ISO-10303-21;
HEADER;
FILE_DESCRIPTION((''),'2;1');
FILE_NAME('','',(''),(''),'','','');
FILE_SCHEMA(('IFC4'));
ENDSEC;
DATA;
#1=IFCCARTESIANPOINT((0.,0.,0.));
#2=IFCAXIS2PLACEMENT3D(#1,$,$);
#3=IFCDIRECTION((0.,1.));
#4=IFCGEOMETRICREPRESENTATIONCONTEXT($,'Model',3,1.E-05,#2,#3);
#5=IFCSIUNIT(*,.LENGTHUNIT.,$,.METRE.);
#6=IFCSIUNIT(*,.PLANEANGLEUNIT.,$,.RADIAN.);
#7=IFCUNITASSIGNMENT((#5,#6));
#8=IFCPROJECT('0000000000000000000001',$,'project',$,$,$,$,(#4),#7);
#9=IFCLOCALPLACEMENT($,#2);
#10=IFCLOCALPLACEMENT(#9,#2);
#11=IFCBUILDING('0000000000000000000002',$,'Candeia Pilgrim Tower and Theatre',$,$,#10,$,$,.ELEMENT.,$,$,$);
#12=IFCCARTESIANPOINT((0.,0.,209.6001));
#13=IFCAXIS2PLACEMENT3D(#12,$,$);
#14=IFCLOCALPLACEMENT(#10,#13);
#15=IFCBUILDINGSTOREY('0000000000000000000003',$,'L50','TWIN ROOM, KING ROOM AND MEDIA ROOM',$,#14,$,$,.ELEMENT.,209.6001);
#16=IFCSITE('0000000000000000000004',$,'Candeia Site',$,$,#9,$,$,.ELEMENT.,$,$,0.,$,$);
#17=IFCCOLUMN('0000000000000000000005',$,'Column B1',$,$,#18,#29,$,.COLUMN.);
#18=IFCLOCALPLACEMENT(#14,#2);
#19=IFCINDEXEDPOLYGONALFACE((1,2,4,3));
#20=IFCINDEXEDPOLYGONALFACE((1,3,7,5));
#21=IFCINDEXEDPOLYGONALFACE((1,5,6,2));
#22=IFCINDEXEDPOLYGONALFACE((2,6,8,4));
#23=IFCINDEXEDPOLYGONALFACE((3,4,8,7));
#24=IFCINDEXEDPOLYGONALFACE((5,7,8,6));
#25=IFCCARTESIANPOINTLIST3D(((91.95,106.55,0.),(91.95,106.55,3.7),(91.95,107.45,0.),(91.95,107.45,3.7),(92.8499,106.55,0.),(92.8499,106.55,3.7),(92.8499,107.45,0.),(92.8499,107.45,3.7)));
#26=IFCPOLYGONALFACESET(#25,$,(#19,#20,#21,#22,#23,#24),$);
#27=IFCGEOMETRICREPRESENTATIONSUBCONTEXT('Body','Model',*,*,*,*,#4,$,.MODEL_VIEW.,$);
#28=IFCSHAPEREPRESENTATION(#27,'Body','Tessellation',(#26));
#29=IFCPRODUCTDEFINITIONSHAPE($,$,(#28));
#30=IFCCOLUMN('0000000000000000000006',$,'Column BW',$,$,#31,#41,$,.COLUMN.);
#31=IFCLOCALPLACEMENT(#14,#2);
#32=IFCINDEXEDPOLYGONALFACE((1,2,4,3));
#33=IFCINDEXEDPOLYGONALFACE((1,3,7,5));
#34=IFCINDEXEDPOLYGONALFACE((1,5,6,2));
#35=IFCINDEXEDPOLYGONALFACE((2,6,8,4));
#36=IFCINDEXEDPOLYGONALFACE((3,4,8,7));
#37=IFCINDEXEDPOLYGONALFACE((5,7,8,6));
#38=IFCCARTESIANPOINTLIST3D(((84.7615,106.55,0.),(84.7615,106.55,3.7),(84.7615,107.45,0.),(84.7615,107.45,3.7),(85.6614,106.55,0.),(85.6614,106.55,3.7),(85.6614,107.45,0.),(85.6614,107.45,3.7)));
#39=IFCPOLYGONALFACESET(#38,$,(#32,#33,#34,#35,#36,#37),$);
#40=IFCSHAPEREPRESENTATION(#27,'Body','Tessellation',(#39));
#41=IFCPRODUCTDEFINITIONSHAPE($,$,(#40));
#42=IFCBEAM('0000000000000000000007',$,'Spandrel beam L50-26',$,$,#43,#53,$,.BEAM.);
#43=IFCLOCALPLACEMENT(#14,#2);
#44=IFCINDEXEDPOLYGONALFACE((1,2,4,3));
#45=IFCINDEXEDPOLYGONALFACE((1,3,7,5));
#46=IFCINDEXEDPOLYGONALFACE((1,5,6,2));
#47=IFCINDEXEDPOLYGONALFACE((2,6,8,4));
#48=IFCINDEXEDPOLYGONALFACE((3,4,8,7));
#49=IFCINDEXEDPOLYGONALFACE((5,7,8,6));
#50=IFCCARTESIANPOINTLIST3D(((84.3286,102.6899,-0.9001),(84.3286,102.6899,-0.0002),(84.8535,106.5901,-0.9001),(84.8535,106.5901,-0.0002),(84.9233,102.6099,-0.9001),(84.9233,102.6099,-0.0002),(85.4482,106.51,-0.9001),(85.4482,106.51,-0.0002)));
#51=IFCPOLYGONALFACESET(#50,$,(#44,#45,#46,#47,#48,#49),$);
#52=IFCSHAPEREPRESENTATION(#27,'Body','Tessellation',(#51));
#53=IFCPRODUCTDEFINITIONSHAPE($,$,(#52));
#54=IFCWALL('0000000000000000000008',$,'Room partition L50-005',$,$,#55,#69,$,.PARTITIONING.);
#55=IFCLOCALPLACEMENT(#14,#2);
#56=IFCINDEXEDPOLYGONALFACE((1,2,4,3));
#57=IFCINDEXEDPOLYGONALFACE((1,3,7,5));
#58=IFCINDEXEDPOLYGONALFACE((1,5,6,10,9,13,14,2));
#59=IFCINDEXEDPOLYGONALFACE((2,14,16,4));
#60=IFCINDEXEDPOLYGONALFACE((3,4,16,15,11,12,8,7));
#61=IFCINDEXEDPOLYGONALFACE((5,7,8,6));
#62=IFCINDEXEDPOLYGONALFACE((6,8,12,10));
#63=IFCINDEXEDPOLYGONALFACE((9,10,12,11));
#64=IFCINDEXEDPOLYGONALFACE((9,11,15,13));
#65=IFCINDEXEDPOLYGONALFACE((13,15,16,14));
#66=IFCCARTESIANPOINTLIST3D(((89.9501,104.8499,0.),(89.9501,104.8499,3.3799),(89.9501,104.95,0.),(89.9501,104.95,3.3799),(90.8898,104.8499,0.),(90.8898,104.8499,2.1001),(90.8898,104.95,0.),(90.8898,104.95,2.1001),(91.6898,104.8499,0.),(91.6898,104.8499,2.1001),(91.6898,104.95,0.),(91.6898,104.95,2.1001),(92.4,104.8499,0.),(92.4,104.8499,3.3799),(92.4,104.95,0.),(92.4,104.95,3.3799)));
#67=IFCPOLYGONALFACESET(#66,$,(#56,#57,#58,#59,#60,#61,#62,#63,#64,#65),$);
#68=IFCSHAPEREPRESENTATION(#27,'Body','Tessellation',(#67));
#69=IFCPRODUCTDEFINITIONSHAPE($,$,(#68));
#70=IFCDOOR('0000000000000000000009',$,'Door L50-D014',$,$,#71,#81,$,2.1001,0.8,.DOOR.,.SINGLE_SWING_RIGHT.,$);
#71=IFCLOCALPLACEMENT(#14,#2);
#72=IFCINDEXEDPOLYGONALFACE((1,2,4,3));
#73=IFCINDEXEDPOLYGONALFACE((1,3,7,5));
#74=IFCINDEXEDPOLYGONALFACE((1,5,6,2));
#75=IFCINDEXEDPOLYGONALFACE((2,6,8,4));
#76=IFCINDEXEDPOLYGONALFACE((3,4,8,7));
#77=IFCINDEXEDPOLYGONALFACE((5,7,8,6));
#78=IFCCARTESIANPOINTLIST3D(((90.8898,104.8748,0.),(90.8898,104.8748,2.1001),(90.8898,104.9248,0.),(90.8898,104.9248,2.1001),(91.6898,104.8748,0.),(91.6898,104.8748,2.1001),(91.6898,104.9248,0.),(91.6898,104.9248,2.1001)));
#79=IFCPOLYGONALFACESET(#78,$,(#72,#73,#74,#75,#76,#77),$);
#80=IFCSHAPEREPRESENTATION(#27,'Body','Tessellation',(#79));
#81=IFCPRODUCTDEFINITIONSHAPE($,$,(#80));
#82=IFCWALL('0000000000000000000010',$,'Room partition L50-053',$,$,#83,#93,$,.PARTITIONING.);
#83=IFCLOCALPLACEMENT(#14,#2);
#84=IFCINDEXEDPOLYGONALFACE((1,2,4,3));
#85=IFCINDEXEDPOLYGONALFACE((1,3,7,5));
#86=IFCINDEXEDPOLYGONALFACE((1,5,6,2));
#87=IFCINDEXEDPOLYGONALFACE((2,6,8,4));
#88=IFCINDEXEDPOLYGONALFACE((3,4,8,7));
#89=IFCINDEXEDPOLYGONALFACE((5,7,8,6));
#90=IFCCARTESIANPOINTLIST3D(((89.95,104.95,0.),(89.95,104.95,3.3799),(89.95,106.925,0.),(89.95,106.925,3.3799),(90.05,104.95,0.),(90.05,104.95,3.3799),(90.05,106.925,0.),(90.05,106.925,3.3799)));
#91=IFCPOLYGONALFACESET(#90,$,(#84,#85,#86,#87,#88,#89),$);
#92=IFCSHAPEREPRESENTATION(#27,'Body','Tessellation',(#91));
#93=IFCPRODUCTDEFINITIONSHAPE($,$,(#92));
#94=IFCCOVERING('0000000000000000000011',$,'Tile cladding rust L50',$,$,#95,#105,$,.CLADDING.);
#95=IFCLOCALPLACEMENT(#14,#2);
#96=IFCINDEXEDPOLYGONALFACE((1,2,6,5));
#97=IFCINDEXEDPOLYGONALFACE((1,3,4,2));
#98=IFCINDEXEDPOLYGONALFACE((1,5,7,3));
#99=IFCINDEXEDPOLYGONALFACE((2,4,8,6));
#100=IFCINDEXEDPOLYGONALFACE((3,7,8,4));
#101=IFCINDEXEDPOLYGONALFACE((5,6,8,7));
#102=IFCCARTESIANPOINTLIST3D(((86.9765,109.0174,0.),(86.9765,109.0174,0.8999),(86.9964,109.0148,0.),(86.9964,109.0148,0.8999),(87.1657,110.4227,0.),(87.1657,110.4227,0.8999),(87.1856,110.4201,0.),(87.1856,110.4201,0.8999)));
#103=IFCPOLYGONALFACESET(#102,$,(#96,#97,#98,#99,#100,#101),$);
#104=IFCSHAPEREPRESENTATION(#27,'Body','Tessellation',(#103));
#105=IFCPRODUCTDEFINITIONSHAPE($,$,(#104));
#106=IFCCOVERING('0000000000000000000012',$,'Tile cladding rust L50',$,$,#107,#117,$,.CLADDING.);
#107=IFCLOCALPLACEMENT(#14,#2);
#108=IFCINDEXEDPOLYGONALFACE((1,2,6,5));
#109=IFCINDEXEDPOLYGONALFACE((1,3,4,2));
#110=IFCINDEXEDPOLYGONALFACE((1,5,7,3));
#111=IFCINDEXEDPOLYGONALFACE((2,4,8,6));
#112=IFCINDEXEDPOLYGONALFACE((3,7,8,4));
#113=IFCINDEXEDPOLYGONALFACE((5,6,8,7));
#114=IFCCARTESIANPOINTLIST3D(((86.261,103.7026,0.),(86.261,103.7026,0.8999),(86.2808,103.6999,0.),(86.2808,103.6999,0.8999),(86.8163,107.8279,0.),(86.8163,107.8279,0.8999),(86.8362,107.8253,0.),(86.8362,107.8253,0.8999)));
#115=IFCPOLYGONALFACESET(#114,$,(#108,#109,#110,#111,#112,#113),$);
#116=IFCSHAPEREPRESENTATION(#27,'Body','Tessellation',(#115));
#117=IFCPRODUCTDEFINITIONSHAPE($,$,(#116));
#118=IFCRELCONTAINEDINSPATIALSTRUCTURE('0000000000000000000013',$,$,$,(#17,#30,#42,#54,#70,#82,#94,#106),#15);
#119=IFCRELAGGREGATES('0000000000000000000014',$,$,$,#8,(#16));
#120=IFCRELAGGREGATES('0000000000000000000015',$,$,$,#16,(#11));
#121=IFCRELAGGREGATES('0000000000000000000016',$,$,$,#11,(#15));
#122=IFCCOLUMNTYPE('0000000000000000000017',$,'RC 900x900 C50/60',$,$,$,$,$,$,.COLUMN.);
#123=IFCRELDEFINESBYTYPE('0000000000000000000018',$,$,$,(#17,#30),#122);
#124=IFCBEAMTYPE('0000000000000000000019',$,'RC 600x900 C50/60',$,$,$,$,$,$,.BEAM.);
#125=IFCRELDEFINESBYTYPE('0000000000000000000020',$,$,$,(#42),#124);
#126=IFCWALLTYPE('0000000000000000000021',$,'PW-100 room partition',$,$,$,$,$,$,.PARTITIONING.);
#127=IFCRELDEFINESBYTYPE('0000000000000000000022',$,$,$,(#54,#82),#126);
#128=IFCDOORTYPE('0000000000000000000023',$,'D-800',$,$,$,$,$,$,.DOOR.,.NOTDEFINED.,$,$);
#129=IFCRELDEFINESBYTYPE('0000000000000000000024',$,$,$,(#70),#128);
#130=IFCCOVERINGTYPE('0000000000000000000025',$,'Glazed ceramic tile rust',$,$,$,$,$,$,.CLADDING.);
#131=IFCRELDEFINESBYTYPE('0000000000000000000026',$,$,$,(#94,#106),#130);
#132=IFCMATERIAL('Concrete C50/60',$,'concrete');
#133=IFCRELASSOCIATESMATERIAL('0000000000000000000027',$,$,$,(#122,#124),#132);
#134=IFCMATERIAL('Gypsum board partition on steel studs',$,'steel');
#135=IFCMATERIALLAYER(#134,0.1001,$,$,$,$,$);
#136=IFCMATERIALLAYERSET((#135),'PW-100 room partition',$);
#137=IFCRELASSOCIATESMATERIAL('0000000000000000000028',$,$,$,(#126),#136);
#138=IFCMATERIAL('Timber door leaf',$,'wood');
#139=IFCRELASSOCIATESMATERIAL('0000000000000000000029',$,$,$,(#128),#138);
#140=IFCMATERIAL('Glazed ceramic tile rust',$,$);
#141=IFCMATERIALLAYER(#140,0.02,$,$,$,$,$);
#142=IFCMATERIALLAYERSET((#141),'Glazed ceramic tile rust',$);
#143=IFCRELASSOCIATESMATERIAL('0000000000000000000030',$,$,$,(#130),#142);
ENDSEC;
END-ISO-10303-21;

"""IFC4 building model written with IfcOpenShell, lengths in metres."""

from ifc_helpers import new_model, si_unit, direction, frame, frame_2d, origin, origin_2d, place, context, subcontext, project, spatial, rectangle, extrude, material, layer, layer_set, material_profile, profile_set, type_object, element, fill, save


model = new_model("IFC4")

# Units and contexts
model_context = context("Model", 3, precision=1e-05, world=origin(), true_north=direction((0.0, 1.0)))
body_context = subcontext(model_context, "Body", "Model", "MODEL_VIEW")
ifc_project = project(units=[si_unit("LENGTHUNIT", "METRE"), si_unit("PLANEANGLEUNIT", "RADIAN")], contexts=[model_context])

# Site, building, storey
site_placement = place(None, origin())
site = spatial("IfcSite", under=ifc_project, at=site_placement, Name="Candeia Site", CompositionType="ELEMENT", RefElevation=0.0)
building_placement = place(site_placement, origin())
building = spatial("IfcBuilding", under=site, at=building_placement, Name="Candeia Pilgrim Tower and Theatre", CompositionType="ELEMENT")
storey_placement = place(building_placement, frame((0.0, 0.0, 209.6001)))
storey = spatial("IfcBuildingStorey", under=building, at=storey_placement, Name="L50", Description="TWIN ROOM, KING ROOM AND MEDIA ROOM", CompositionType="ELEMENT", Elevation=209.6001)

# Columns
ifc_material_1 = material(Name="Concrete C50/60", Category="concrete")
ifc_material_profile_1 = material_profile(ifc_material_1, rectangle(XDim=0.8999, YDim=0.8999, at=origin_2d()))
ifc_profile_set_1 = profile_set([ifc_material_profile_1], Name="Concrete C50/60")
column_type = type_object("IfcColumnType", Name="RC 900x900 C50/60", PredefinedType="COLUMN", material=ifc_profile_set_1)
for number, where, z_axis, x_axis, name in (
    (1, (92.3999, 107.0, 0.0), (0.0, 0.0, 1.0), (1.0, 0.0, 0.0), "Column B1"),
    (2, (85.2114, 107.0, 0.0), (0.0, 0.0, 1.0), (1.0, 0.0, 0.0), "Column BW"),
):
    element("IfcColumn", number, at=place(storey_placement, frame(where, z_axis=z_axis, x_axis=x_axis)), inside=storey, type_object=column_type, Name=name, PredefinedType="COLUMN", context=body_context, shape_type="SweptSolid", body=[
        extrude(rectangle(XDim=0.8999, YDim=0.8999, at=origin_2d()), origin(), (0.0, 0.0, 1.0), 3.7),
    ])

# Beam
ifc_material_profile_2 = material_profile(ifc_material_1, rectangle(XDim=0.6001, YDim=0.8999, at=origin_2d()))
ifc_profile_set_2 = profile_set([ifc_material_profile_2], Name="Concrete C50/60")
beam_type = type_object("IfcBeamType", Name="RC 600x900 C50/60", PredefinedType="BEAM", material=ifc_profile_set_2)
beam_placement = place(storey_placement, frame((85.1509, 106.55, -0.4502), z_axis=(-0.133383, -0.991065, 0.0), x_axis=(0.991065, -0.133383, 0.0)))
element("IfcBeam", 3, at=beam_placement, inside=storey, type_object=beam_type, Name="Spandrel beam L50-26", PredefinedType="BEAM", context=body_context, shape_type="SweptSolid", body=[
    extrude(rectangle(XDim=0.6001, YDim=0.8999, at=origin_2d()), origin(), (0.0, 0.0, 1.0), 3.9353),
])

# Wall, opening, door
ifc_material_2 = material(Name="Gypsum board partition on steel studs", Category="steel")
ifc_layer_1 = layer(ifc_material_2, 0.1001)
ifc_layer_set_1 = layer_set([ifc_layer_1], Name="PW-100 room partition")
wall_type_1 = type_object("IfcWallType", Name="PW-100 room partition", PredefinedType="PARTITIONING", material=ifc_layer_set_1)
wall_1_placement = place(storey_placement, frame((89.95, 104.8999, 0.0), z_axis=(0.0, 0.0, 1.0), x_axis=(1.0, 0.0, 0.0)))
wall_1 = element("IfcWall", 4, at=wall_1_placement, inside=storey, type_object=wall_type_1, Name="Room partition L50-005", PredefinedType="PARTITIONING", context=body_context, shape_type="SweptSolid", body=[
    extrude(rectangle(XDim=2.45, YDim=0.1001, at=frame_2d((1.2251, 0.0))), origin(), (0.0, 0.0, 1.0), 3.3799),
])
opening_1_placement = place(wall_1_placement, frame((0.9399, 0.0, 0.0)))
opening_1 = element("IfcOpeningElement", 5, at=opening_1_placement, cuts=wall_1, PredefinedType="OPENING", context=body_context, shape_type="SweptSolid", body=[
    extrude(rectangle(XDim=0.8, YDim=2.1001, at=frame_2d((0.3999, 1.05))), frame((0.0, 0.0601, 0.0), z_axis=(0.0, -1.0, 0.0), x_axis=(1.0, 0.0, 0.0)), (0.0, 0.0, 1.0), 0.1201),
])
ifc_material_3 = material(Name="Timber door leaf", Category="wood")
door_type_1 = type_object("IfcDoorType", Name="D-800", OperationType="NOTDEFINED", PredefinedType="DOOR", material=ifc_material_3)
door_1_placement = place(opening_1_placement, origin())
door_1 = element("IfcDoor", 6, at=door_1_placement, inside=storey, type_object=door_type_1, Name="Door L50-D014", OperationType="SINGLE_SWING_RIGHT", OverallHeight=2.1001, OverallWidth=0.8, PredefinedType="DOOR", context=body_context, shape_type="SweptSolid", body=[
    extrude(rectangle(XDim=0.8, YDim=2.1001, at=frame_2d((0.3999, 1.05))), frame((0.0, 0.0249, 0.0), z_axis=(0.0, -1.0, 0.0), x_axis=(1.0, 0.0, 0.0)), (0.0, 0.0, 1.0), 0.05),
])
fill(opening_1, door_1)

# Wall
wall_2_placement = place(storey_placement, frame((90.0, 104.95, 0.0), z_axis=(0.0, 0.0, 1.0), x_axis=(0.0, 1.0, 0.0)))
element("IfcWall", 7, at=wall_2_placement, inside=storey, type_object=wall_type_1, Name="Room partition L50-053", PredefinedType="PARTITIONING", context=body_context, shape_type="SweptSolid", body=[
    extrude(rectangle(XDim=1.9751, YDim=0.1001, at=frame_2d((0.9875, 0.0))), origin(), (0.0, 0.0, 1.0), 3.3799),
])

# Coverings
ifc_material_4 = material(Name="Glazed ceramic tile rust")
ifc_layer_2 = layer(ifc_material_4, 0.02)
ifc_layer_set_2 = layer_set([ifc_layer_2], Name="Glazed ceramic tile rust")
covering_type = type_object("IfcCoveringType", Name="Glazed ceramic tile rust", PredefinedType="CLADDING", material=ifc_layer_set_2)
covering_1_placement = place(storey_placement, frame((87.0811, 109.7188, 0.0), z_axis=(0.0, 0.0, 1.0), x_axis=(-0.133412, -0.991061, 0.0)))
element("IfcCovering", 8, at=covering_1_placement, inside=storey, type_object=covering_type, Name="Tile cladding rust L50", PredefinedType="CLADDING", context=body_context, shape_type="SweptSolid", body=[
    extrude(rectangle(XDim=1.418, YDim=0.02, at=origin_2d()), origin(), (0.0, 0.0, 1.0), 0.8999),
])
covering_2_placement = place(storey_placement, frame((86.5486, 105.7639, 0.0), z_axis=(0.0, 0.0, 1.0), x_axis=(-0.133412, -0.991061, 0.0)))
element("IfcCovering", 9, at=covering_2_placement, inside=storey, type_object=covering_type, Name="Tile cladding rust L50", PredefinedType="CLADDING", context=body_context, shape_type="SweptSolid", body=[
    extrude(rectangle(XDim=4.1626, YDim=0.02, at=origin_2d()), origin(), (0.0, 0.0, 1.0), 0.8999),
])

save(model, "model.ifc")
